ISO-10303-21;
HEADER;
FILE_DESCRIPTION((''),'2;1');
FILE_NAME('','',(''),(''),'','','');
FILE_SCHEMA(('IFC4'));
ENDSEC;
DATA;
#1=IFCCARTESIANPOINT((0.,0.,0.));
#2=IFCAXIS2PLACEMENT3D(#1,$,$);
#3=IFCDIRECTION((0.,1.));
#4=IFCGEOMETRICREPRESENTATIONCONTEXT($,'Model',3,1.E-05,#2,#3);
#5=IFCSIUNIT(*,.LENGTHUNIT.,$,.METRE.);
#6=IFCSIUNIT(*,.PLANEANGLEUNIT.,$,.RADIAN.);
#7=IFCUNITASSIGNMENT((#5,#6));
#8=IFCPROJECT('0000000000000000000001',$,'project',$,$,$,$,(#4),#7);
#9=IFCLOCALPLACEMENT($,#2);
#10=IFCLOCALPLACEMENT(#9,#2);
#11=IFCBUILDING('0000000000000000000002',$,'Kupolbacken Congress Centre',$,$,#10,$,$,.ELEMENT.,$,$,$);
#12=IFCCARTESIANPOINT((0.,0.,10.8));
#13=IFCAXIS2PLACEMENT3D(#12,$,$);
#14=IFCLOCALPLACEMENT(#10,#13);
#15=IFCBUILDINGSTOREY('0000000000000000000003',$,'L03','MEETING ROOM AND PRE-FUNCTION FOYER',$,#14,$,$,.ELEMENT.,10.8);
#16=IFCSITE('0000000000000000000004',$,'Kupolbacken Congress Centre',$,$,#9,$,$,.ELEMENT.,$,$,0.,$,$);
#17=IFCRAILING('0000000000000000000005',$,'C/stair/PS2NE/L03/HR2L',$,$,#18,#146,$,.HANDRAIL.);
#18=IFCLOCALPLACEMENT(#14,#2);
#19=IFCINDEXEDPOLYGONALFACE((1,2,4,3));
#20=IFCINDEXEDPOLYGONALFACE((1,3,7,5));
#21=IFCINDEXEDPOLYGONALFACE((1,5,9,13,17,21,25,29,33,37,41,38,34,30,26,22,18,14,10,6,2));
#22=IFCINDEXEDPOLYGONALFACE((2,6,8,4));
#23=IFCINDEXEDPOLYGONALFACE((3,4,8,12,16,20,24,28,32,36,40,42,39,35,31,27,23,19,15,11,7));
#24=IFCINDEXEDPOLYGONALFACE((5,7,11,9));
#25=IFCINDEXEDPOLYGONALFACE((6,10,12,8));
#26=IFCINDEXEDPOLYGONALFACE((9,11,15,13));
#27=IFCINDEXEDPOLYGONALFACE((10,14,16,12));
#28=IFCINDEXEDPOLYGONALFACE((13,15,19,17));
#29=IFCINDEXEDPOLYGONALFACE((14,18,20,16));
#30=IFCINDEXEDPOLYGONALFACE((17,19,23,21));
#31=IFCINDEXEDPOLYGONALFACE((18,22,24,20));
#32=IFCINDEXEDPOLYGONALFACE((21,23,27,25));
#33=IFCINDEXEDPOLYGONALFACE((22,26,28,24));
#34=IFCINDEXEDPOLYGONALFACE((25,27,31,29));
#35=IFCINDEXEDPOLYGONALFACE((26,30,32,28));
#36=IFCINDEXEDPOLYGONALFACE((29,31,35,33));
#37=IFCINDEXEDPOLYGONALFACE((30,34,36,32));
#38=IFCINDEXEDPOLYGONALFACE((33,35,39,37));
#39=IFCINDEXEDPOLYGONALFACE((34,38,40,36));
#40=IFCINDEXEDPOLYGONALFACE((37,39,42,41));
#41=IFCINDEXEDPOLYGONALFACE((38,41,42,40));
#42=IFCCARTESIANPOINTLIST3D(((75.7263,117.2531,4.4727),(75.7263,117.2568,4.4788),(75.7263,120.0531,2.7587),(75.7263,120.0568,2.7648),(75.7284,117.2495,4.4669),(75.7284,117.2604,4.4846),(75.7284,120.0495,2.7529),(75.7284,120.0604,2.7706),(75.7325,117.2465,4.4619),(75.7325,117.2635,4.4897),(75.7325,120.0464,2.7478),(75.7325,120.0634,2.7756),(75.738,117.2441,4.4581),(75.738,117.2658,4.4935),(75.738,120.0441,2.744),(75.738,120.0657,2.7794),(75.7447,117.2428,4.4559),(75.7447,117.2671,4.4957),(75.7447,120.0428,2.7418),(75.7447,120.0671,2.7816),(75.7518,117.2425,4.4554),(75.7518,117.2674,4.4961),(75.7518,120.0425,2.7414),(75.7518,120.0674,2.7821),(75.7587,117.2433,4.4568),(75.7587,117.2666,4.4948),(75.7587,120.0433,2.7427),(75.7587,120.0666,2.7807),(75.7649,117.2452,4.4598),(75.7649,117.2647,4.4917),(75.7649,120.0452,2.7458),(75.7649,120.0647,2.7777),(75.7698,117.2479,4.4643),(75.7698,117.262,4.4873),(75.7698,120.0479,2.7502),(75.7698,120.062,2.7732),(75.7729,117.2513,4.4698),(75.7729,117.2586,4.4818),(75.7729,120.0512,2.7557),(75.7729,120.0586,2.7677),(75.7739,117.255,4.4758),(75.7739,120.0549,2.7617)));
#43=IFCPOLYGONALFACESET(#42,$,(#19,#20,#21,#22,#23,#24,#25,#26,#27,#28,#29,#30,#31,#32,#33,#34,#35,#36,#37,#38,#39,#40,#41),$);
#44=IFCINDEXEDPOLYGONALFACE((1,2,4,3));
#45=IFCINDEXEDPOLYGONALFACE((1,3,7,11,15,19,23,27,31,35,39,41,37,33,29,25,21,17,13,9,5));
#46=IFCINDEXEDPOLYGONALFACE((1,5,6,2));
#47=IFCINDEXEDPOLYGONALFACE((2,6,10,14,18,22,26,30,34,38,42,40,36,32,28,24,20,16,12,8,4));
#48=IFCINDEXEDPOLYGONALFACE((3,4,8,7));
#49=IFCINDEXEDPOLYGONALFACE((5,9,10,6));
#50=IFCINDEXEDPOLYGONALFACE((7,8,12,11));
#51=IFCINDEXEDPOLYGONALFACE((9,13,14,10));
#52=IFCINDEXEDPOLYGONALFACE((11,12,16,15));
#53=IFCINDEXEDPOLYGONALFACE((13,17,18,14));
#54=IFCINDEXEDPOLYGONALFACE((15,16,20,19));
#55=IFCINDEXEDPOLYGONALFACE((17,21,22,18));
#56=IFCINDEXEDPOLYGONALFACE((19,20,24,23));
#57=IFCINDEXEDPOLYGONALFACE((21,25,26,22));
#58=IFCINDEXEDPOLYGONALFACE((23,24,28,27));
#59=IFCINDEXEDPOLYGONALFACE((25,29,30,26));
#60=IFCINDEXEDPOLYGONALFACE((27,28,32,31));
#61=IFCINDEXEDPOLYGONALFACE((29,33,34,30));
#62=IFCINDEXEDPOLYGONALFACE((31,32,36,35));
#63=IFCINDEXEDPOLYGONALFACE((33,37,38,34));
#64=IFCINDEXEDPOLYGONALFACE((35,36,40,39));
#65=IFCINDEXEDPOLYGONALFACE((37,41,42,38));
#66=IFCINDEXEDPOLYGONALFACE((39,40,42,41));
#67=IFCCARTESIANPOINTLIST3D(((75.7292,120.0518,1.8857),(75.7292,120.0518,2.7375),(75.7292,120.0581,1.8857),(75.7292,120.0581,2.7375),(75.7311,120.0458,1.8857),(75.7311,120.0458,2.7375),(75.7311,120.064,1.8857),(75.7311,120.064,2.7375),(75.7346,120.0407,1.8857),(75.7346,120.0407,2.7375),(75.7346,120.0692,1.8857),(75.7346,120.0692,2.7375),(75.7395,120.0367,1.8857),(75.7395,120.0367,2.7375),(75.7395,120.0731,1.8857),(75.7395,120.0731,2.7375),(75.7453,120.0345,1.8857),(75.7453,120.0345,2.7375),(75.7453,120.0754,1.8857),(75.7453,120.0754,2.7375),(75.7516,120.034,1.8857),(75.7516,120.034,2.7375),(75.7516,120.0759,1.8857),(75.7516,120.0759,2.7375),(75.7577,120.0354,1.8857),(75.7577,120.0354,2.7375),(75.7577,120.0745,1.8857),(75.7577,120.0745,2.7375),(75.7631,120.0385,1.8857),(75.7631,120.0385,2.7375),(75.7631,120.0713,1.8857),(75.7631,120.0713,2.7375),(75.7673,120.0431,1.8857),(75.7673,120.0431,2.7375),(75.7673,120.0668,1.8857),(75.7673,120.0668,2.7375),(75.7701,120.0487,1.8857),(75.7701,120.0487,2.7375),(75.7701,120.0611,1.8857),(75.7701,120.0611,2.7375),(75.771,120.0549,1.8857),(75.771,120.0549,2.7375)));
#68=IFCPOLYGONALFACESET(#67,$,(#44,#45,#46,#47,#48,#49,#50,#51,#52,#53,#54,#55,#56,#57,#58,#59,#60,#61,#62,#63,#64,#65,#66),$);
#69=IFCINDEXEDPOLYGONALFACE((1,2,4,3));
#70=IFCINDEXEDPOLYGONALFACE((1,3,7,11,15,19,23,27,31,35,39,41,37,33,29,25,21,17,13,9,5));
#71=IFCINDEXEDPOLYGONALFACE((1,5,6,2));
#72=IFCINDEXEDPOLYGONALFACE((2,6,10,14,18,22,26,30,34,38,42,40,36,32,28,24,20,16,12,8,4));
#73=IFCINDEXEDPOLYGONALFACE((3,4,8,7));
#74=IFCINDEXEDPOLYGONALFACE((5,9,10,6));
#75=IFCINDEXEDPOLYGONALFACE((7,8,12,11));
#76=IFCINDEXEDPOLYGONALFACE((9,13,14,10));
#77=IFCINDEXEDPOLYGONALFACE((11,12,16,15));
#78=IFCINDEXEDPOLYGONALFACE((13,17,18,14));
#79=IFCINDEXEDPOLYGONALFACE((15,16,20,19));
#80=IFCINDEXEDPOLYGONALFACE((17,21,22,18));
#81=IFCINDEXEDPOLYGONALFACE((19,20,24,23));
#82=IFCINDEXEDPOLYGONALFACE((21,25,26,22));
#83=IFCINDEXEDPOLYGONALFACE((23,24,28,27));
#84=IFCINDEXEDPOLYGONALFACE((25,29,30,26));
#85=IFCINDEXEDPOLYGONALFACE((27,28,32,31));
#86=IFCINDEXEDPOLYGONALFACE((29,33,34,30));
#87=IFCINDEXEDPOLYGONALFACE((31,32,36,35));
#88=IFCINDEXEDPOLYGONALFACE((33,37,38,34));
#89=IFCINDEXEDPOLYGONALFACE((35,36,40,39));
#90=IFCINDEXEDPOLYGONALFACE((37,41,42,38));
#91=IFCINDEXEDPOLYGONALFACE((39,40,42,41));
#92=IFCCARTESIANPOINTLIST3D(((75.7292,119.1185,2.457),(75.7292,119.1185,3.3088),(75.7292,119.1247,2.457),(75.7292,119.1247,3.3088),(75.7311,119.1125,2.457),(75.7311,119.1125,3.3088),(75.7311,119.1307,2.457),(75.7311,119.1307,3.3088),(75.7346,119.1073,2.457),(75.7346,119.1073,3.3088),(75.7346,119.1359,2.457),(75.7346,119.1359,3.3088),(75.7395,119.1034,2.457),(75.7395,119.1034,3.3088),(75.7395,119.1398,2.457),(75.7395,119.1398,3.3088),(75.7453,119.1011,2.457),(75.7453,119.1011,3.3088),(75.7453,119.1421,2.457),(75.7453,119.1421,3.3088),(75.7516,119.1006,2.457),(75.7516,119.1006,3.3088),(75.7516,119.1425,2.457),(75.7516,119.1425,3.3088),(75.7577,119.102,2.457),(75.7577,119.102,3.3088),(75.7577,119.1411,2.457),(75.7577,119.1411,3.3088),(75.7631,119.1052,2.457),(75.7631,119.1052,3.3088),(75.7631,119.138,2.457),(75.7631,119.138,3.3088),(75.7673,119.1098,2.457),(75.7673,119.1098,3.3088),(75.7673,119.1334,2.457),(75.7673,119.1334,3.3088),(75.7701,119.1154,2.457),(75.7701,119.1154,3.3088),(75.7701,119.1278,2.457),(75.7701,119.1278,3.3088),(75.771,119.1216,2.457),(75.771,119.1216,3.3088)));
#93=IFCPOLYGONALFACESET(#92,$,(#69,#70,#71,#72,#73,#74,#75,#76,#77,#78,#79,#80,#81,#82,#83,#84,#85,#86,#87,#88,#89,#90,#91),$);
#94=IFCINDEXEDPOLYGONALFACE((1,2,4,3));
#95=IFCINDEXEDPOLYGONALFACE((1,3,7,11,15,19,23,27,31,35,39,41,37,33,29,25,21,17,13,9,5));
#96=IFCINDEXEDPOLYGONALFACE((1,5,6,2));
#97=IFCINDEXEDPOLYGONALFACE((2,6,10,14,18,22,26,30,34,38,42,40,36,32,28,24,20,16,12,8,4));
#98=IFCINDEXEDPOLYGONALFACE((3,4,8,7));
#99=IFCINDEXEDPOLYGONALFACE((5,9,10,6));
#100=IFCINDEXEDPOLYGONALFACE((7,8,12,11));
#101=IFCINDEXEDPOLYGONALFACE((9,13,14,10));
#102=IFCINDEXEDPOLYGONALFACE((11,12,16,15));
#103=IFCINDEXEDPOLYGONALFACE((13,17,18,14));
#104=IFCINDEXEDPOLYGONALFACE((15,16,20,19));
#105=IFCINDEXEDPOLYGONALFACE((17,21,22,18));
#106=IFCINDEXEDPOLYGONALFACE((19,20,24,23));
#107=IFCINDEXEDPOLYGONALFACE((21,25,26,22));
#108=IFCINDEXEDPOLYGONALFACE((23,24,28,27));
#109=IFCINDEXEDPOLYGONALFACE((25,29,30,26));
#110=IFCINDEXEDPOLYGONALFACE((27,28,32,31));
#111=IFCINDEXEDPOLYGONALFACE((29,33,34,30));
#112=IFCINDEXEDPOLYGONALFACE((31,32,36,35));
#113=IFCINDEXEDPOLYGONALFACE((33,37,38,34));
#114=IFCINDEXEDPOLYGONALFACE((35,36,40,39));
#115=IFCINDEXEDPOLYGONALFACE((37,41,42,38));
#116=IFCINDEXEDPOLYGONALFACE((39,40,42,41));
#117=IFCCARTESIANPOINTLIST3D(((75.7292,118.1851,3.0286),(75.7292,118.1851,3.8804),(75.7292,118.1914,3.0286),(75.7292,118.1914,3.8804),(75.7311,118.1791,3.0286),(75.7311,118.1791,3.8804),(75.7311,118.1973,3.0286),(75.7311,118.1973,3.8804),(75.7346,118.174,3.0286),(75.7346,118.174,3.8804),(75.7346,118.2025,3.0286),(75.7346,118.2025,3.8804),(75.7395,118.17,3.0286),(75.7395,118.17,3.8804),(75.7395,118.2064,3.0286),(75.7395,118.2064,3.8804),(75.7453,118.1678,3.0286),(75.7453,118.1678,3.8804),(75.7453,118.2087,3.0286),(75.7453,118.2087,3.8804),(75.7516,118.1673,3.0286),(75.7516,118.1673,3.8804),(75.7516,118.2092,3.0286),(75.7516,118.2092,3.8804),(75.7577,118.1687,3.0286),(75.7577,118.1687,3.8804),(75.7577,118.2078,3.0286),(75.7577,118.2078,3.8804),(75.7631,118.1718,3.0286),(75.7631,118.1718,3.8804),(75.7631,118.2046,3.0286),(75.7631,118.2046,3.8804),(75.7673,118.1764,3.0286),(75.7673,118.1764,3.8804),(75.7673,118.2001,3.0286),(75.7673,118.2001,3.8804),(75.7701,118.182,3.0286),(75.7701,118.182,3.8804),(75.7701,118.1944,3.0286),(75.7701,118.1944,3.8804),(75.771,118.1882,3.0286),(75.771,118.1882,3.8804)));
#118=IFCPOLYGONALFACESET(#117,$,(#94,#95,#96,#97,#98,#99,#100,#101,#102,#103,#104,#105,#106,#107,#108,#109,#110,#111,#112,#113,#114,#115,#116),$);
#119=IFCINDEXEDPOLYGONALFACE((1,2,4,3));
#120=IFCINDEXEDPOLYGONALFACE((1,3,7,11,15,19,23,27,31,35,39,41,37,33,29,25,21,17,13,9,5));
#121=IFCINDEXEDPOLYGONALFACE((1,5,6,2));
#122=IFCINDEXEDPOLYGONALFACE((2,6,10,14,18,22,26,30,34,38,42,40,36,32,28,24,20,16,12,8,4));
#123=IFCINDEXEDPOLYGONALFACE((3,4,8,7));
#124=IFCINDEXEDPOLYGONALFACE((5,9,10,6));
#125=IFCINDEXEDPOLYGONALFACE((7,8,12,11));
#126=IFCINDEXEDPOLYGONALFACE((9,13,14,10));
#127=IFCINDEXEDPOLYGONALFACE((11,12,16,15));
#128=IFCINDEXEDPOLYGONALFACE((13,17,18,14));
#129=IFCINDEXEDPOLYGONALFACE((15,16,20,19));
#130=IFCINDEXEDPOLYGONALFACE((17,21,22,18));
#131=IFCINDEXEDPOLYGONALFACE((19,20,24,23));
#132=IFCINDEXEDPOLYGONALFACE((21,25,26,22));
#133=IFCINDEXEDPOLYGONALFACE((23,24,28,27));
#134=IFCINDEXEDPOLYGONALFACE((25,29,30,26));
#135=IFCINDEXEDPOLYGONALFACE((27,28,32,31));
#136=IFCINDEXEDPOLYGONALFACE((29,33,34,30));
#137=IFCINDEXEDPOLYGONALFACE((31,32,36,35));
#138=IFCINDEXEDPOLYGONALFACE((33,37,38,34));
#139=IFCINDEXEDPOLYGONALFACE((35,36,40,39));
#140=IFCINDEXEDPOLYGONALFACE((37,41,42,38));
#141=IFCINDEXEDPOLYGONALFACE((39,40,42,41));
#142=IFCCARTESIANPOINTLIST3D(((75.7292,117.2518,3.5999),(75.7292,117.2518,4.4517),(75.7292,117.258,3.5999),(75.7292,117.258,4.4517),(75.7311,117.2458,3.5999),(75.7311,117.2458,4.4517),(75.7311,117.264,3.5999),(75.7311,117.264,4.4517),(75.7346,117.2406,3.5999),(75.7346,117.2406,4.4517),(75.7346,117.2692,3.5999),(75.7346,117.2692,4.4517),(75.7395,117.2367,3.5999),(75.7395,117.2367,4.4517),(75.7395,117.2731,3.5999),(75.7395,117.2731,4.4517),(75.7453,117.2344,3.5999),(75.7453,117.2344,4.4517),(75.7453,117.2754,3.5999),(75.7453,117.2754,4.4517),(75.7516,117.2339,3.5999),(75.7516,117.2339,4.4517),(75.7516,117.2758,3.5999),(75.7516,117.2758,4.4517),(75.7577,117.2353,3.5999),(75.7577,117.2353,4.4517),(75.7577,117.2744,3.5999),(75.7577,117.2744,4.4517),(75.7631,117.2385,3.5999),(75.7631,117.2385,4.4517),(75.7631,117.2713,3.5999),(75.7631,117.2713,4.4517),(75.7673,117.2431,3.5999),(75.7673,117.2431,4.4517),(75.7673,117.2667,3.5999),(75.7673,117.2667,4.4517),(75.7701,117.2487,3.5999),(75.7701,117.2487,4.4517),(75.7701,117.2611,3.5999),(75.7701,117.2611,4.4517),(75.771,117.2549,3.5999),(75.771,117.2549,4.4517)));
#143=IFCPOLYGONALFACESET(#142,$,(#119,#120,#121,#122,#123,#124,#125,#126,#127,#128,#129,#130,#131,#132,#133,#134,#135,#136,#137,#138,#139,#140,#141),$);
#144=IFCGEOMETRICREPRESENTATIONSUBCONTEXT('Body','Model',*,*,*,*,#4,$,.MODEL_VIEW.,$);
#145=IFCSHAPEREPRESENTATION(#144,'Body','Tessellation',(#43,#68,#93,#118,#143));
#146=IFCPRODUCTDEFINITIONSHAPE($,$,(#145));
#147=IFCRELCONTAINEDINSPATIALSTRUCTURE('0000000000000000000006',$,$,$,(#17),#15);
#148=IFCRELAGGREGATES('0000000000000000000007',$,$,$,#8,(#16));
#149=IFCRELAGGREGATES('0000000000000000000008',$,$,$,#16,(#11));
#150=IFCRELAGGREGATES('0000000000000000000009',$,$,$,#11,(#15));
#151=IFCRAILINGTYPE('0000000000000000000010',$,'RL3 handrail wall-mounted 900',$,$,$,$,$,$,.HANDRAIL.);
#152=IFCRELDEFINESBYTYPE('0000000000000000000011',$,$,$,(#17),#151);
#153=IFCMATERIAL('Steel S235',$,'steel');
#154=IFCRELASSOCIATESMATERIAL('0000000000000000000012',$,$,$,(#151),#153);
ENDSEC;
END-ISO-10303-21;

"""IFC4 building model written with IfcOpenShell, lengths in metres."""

from ifc_helpers import new_model, si_unit, direction, frame, origin, origin_2d, place, context, subcontext, project, spatial, circle, extrude, material, type_object, element, save


model = new_model("IFC4")

# Units and contexts
model_context = context("Model", 3, precision=1e-05, world=origin(), true_north=direction((0.0, 1.0)))
body_context = subcontext(model_context, "Body", "Model", "MODEL_VIEW")
ifc_project = project(units=[si_unit("LENGTHUNIT", "METRE"), si_unit("PLANEANGLEUNIT", "RADIAN")], contexts=[model_context])

# Site, building, storey
site_placement = place(None, origin())
site = spatial("IfcSite", under=ifc_project, at=site_placement, Name="Kupolbacken Congress Centre", CompositionType="ELEMENT", RefElevation=0.0)
building_placement = place(site_placement, origin())
building = spatial("IfcBuilding", under=site, at=building_placement, Name="Kupolbacken Congress Centre", CompositionType="ELEMENT")
storey_placement = place(building_placement, frame((0.0, 0.0, 10.8)))
storey = spatial("IfcBuildingStorey", under=building, at=storey_placement, Name="L03", Description="MEETING ROOM AND PRE-FUNCTION FOYER", CompositionType="ELEMENT", Elevation=10.8)

# Railing
ifc_material_1 = material(Name="Steel S235", Category="steel")
railing_type = type_object("IfcRailingType", Name="RL3 handrail wall-mounted 900", PredefinedType="HANDRAIL", material=ifc_material_1)
railing_placement = place(storey_placement, frame((75.75, 120.0549, 1.8857)))
element("IfcRailing", 1, at=railing_placement, inside=storey, type_object=railing_type, Name="C/stair/PS2NE/L03/HR2L", PredefinedType="HANDRAIL", context=body_context, shape_type="SweptSolid", body=[
    extrude(circle(Radius=0.0239, at=origin_2d()), frame((0.0, 0.0, 0.876), z_axis=(0.0, -0.852879, 0.522109), x_axis=(1.0, 0.0, 0.0)), (0.0, 0.0, 1.0), 3.283),
    extrude(circle(Radius=0.021, at=origin_2d()), origin(), (0.0, 0.0, 1.0), 0.8518),
    extrude(circle(Radius=0.021, at=origin_2d()), frame((0.0, -0.9333, 0.5713)), (0.0, 0.0, 1.0), 0.8518),
    extrude(circle(Radius=0.021, at=origin_2d()), frame((0.0, -1.8667, 1.1428)), (0.0, 0.0, 1.0), 0.8518),
    extrude(circle(Radius=0.021, at=origin_2d()), frame((0.0, -2.8, 1.7141)), (0.0, 0.0, 1.0), 0.8518),
])

save(model, "model.ifc")
